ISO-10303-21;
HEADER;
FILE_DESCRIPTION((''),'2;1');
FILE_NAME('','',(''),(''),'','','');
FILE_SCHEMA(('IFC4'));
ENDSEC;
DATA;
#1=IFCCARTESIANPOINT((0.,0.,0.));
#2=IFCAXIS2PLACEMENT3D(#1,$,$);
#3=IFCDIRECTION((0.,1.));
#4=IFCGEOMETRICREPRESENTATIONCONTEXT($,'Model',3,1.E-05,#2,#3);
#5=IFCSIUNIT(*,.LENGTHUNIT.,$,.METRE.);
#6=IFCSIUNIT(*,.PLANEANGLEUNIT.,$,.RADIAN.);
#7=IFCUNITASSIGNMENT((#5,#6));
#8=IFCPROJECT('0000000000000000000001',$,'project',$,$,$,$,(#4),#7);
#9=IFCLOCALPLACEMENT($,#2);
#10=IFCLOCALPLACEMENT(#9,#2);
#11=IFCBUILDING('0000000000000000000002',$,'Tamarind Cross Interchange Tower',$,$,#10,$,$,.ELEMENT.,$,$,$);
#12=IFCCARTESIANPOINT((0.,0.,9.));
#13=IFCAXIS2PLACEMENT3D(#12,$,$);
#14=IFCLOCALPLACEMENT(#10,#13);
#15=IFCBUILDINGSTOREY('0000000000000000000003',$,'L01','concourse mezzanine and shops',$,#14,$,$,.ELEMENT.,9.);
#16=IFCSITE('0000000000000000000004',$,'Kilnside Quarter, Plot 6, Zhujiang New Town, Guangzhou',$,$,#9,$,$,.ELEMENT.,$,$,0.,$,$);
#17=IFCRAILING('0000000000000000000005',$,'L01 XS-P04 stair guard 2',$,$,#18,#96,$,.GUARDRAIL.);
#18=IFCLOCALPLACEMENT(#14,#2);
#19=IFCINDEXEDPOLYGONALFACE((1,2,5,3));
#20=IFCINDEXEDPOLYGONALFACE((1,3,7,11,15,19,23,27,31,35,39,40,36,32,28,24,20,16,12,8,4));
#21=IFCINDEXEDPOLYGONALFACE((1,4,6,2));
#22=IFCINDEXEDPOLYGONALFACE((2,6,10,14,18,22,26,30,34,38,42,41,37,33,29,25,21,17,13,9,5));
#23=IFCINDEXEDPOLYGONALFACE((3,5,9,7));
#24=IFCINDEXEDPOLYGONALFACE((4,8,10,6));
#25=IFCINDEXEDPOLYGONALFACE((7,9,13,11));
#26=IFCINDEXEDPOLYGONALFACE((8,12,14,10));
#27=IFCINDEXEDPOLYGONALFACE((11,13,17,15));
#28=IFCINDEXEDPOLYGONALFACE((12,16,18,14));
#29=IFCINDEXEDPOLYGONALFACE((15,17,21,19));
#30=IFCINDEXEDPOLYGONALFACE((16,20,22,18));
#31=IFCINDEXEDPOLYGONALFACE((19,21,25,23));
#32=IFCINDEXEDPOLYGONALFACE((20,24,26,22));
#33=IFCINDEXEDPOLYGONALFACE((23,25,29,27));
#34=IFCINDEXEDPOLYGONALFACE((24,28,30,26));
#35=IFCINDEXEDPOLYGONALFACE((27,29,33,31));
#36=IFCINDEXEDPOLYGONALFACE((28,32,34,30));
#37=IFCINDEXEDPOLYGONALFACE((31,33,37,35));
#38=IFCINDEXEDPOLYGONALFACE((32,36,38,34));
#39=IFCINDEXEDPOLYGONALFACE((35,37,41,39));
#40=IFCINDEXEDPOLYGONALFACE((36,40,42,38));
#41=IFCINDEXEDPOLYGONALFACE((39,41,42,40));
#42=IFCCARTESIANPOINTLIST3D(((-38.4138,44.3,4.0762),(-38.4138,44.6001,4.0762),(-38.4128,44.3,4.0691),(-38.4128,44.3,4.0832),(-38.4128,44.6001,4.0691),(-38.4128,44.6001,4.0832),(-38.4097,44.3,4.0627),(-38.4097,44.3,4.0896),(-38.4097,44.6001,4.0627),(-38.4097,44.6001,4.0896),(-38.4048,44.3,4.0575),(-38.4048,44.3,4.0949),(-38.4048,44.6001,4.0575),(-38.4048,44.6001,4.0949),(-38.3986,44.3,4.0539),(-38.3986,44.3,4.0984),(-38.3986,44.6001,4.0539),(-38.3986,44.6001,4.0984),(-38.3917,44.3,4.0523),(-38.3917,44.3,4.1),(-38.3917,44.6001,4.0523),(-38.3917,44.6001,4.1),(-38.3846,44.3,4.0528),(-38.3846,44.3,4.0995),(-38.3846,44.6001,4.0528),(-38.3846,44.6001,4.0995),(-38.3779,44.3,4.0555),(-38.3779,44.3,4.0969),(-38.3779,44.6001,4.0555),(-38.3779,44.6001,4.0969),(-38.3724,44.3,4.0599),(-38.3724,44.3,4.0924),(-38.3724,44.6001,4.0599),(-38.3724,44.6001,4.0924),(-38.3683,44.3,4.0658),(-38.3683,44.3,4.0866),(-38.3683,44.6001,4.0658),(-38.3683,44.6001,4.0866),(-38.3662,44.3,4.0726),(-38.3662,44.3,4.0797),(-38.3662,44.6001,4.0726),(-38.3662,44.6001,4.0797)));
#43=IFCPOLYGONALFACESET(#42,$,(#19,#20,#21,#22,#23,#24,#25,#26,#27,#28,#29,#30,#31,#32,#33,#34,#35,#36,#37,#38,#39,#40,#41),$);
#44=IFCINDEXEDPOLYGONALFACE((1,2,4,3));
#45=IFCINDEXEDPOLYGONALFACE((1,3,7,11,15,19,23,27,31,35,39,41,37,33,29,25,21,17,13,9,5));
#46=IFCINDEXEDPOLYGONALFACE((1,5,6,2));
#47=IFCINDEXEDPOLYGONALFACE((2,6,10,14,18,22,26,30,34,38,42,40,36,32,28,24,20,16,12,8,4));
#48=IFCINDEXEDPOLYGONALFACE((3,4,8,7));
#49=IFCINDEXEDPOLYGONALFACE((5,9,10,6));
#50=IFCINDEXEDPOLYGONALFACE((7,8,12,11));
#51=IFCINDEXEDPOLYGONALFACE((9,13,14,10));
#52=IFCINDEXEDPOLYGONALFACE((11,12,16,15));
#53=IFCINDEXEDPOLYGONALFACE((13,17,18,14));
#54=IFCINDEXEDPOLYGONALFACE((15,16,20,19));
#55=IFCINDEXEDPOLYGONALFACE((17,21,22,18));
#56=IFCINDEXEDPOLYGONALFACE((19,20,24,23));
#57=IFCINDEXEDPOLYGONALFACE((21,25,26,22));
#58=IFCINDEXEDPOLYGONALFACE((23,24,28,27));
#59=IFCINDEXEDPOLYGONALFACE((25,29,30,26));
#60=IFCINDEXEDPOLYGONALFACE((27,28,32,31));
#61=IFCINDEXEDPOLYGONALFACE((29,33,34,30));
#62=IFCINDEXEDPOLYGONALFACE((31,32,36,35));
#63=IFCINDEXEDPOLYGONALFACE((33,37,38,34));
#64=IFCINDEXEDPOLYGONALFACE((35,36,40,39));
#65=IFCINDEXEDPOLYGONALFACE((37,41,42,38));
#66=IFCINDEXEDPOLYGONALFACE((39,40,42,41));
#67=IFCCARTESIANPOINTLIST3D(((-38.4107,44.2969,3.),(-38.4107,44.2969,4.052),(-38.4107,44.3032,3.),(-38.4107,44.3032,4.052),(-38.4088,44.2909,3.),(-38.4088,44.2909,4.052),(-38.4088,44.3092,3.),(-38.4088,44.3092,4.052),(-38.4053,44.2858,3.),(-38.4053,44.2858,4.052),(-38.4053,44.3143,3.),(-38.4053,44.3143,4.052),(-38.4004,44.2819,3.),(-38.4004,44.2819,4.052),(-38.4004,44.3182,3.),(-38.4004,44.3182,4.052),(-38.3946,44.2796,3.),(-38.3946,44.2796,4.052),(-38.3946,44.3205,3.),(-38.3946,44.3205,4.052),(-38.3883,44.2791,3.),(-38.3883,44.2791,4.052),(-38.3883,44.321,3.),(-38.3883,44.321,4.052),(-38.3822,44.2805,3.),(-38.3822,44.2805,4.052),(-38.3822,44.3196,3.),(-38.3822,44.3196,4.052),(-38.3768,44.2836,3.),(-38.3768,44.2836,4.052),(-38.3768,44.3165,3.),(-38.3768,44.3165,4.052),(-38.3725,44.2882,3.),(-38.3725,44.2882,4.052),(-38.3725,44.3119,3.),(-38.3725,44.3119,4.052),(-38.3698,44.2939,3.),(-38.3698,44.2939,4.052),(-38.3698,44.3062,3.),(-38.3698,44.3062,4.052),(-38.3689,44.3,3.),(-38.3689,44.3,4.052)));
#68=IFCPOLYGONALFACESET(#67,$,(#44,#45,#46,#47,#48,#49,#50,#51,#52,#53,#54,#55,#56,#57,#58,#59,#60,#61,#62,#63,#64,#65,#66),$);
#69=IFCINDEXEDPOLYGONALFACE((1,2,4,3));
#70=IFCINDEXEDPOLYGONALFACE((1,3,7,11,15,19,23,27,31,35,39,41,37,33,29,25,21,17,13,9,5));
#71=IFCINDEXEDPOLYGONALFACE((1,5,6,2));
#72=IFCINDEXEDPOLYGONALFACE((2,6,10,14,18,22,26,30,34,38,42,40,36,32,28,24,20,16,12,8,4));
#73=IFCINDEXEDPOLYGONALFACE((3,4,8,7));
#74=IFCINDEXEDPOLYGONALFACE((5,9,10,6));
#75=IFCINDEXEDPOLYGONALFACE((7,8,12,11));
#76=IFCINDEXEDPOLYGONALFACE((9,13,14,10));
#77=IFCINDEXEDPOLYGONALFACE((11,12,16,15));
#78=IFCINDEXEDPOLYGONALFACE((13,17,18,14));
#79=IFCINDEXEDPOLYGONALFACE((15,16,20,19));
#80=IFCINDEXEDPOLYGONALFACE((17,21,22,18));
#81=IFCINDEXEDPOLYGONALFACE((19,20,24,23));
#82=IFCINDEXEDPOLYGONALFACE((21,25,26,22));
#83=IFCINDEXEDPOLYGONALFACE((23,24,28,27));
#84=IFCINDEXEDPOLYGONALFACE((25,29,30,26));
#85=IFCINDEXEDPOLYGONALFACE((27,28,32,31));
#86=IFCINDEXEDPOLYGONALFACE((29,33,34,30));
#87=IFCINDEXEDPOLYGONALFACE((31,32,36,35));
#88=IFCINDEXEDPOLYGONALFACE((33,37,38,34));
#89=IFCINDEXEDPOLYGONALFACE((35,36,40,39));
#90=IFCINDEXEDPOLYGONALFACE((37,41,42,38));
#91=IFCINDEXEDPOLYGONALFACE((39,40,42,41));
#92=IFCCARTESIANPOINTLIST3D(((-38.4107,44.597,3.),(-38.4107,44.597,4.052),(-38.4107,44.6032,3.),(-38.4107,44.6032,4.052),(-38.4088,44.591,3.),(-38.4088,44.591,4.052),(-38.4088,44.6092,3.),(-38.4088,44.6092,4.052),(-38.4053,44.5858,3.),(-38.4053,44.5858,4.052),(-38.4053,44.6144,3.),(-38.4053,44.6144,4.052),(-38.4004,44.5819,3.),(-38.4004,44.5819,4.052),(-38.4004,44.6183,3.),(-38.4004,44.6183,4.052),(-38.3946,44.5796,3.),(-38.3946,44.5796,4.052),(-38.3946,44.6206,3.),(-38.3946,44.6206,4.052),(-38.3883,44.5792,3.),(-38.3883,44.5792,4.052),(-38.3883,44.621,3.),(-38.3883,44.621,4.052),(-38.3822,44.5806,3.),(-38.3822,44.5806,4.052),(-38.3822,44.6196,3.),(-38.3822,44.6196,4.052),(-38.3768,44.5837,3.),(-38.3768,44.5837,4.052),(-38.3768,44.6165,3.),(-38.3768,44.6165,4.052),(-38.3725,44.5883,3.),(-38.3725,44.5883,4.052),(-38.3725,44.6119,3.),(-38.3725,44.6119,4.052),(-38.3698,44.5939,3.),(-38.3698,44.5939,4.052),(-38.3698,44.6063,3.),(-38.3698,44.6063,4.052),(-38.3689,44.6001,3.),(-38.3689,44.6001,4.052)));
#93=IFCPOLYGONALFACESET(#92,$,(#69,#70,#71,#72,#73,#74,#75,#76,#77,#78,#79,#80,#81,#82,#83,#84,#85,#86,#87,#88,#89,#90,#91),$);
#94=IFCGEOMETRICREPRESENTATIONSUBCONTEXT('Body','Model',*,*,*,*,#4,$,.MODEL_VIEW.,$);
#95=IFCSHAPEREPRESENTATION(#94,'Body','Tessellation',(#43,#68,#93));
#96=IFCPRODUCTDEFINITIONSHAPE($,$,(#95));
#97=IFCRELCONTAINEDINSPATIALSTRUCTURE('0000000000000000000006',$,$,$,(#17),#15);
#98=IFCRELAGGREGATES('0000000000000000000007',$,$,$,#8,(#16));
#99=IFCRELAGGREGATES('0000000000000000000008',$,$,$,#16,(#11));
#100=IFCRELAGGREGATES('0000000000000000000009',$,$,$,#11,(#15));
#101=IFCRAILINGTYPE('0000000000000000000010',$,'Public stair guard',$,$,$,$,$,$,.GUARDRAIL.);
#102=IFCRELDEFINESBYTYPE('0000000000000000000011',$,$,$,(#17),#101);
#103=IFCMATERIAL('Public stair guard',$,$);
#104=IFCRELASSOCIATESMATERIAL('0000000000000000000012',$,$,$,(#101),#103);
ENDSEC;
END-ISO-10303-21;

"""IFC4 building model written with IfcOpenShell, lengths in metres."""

from ifc_helpers import new_model, si_unit, direction, frame, origin, origin_2d, place, context, subcontext, project, spatial, circle, extrude, material, type_object, element, save


model = new_model("IFC4")

# Units and contexts
model_context = context("Model", 3, precision=1e-05, world=origin(), true_north=direction((0.0, 1.0)))
body_context = subcontext(model_context, "Body", "Model", "MODEL_VIEW")
ifc_project = project(units=[si_unit("LENGTHUNIT", "METRE"), si_unit("PLANEANGLEUNIT", "RADIAN")], contexts=[model_context])

# Site, building, storey
site_placement = place(None, origin())
site = spatial("IfcSite", under=ifc_project, at=site_placement, Name="Kilnside Quarter, Plot 6, Zhujiang New Town, Guangzhou", CompositionType="ELEMENT", RefElevation=0.0)
building_placement = place(site_placement, origin())
building = spatial("IfcBuilding", under=site, at=building_placement, Name="Tamarind Cross Interchange Tower", CompositionType="ELEMENT")
storey_placement = place(building_placement, frame((0.0, 0.0, 9.0)))
storey = spatial("IfcBuildingStorey", under=building, at=storey_placement, Name="L01", Description="concourse mezzanine and shops", CompositionType="ELEMENT", Elevation=9.0)

# Railing
ifc_material_1 = material(Name="Public stair guard")
railing_type_1 = type_object("IfcRailingType", Name="Public stair guard", PredefinedType="GUARDRAIL", material=ifc_material_1)
railing_1_placement = place(storey_placement, frame((-38.3899, 44.3, 3.0)))
element("IfcRailing", 1, at=railing_1_placement, inside=storey, type_object=railing_type_1, Name="L01 XS-P04 stair guard 2", PredefinedType="GUARDRAIL", context=body_context, shape_type="SweptSolid", body=[
    extrude(circle(Radius=0.0239, at=origin_2d()), frame((0.0, 0.0, 1.0762), z_axis=(0.0, 1.0, 0.0), x_axis=(-1.0, 0.0, 0.0)), (0.0, 0.0, 1.0), 0.3),
    extrude(circle(Radius=0.021, at=origin_2d()), origin(), (0.0, 0.0, 1.0), 1.052),
    extrude(circle(Radius=0.021, at=origin_2d()), frame((0.0, 0.3, 0.0)), (0.0, 0.0, 1.0), 1.052),
])

save(model, "model.ifc")
